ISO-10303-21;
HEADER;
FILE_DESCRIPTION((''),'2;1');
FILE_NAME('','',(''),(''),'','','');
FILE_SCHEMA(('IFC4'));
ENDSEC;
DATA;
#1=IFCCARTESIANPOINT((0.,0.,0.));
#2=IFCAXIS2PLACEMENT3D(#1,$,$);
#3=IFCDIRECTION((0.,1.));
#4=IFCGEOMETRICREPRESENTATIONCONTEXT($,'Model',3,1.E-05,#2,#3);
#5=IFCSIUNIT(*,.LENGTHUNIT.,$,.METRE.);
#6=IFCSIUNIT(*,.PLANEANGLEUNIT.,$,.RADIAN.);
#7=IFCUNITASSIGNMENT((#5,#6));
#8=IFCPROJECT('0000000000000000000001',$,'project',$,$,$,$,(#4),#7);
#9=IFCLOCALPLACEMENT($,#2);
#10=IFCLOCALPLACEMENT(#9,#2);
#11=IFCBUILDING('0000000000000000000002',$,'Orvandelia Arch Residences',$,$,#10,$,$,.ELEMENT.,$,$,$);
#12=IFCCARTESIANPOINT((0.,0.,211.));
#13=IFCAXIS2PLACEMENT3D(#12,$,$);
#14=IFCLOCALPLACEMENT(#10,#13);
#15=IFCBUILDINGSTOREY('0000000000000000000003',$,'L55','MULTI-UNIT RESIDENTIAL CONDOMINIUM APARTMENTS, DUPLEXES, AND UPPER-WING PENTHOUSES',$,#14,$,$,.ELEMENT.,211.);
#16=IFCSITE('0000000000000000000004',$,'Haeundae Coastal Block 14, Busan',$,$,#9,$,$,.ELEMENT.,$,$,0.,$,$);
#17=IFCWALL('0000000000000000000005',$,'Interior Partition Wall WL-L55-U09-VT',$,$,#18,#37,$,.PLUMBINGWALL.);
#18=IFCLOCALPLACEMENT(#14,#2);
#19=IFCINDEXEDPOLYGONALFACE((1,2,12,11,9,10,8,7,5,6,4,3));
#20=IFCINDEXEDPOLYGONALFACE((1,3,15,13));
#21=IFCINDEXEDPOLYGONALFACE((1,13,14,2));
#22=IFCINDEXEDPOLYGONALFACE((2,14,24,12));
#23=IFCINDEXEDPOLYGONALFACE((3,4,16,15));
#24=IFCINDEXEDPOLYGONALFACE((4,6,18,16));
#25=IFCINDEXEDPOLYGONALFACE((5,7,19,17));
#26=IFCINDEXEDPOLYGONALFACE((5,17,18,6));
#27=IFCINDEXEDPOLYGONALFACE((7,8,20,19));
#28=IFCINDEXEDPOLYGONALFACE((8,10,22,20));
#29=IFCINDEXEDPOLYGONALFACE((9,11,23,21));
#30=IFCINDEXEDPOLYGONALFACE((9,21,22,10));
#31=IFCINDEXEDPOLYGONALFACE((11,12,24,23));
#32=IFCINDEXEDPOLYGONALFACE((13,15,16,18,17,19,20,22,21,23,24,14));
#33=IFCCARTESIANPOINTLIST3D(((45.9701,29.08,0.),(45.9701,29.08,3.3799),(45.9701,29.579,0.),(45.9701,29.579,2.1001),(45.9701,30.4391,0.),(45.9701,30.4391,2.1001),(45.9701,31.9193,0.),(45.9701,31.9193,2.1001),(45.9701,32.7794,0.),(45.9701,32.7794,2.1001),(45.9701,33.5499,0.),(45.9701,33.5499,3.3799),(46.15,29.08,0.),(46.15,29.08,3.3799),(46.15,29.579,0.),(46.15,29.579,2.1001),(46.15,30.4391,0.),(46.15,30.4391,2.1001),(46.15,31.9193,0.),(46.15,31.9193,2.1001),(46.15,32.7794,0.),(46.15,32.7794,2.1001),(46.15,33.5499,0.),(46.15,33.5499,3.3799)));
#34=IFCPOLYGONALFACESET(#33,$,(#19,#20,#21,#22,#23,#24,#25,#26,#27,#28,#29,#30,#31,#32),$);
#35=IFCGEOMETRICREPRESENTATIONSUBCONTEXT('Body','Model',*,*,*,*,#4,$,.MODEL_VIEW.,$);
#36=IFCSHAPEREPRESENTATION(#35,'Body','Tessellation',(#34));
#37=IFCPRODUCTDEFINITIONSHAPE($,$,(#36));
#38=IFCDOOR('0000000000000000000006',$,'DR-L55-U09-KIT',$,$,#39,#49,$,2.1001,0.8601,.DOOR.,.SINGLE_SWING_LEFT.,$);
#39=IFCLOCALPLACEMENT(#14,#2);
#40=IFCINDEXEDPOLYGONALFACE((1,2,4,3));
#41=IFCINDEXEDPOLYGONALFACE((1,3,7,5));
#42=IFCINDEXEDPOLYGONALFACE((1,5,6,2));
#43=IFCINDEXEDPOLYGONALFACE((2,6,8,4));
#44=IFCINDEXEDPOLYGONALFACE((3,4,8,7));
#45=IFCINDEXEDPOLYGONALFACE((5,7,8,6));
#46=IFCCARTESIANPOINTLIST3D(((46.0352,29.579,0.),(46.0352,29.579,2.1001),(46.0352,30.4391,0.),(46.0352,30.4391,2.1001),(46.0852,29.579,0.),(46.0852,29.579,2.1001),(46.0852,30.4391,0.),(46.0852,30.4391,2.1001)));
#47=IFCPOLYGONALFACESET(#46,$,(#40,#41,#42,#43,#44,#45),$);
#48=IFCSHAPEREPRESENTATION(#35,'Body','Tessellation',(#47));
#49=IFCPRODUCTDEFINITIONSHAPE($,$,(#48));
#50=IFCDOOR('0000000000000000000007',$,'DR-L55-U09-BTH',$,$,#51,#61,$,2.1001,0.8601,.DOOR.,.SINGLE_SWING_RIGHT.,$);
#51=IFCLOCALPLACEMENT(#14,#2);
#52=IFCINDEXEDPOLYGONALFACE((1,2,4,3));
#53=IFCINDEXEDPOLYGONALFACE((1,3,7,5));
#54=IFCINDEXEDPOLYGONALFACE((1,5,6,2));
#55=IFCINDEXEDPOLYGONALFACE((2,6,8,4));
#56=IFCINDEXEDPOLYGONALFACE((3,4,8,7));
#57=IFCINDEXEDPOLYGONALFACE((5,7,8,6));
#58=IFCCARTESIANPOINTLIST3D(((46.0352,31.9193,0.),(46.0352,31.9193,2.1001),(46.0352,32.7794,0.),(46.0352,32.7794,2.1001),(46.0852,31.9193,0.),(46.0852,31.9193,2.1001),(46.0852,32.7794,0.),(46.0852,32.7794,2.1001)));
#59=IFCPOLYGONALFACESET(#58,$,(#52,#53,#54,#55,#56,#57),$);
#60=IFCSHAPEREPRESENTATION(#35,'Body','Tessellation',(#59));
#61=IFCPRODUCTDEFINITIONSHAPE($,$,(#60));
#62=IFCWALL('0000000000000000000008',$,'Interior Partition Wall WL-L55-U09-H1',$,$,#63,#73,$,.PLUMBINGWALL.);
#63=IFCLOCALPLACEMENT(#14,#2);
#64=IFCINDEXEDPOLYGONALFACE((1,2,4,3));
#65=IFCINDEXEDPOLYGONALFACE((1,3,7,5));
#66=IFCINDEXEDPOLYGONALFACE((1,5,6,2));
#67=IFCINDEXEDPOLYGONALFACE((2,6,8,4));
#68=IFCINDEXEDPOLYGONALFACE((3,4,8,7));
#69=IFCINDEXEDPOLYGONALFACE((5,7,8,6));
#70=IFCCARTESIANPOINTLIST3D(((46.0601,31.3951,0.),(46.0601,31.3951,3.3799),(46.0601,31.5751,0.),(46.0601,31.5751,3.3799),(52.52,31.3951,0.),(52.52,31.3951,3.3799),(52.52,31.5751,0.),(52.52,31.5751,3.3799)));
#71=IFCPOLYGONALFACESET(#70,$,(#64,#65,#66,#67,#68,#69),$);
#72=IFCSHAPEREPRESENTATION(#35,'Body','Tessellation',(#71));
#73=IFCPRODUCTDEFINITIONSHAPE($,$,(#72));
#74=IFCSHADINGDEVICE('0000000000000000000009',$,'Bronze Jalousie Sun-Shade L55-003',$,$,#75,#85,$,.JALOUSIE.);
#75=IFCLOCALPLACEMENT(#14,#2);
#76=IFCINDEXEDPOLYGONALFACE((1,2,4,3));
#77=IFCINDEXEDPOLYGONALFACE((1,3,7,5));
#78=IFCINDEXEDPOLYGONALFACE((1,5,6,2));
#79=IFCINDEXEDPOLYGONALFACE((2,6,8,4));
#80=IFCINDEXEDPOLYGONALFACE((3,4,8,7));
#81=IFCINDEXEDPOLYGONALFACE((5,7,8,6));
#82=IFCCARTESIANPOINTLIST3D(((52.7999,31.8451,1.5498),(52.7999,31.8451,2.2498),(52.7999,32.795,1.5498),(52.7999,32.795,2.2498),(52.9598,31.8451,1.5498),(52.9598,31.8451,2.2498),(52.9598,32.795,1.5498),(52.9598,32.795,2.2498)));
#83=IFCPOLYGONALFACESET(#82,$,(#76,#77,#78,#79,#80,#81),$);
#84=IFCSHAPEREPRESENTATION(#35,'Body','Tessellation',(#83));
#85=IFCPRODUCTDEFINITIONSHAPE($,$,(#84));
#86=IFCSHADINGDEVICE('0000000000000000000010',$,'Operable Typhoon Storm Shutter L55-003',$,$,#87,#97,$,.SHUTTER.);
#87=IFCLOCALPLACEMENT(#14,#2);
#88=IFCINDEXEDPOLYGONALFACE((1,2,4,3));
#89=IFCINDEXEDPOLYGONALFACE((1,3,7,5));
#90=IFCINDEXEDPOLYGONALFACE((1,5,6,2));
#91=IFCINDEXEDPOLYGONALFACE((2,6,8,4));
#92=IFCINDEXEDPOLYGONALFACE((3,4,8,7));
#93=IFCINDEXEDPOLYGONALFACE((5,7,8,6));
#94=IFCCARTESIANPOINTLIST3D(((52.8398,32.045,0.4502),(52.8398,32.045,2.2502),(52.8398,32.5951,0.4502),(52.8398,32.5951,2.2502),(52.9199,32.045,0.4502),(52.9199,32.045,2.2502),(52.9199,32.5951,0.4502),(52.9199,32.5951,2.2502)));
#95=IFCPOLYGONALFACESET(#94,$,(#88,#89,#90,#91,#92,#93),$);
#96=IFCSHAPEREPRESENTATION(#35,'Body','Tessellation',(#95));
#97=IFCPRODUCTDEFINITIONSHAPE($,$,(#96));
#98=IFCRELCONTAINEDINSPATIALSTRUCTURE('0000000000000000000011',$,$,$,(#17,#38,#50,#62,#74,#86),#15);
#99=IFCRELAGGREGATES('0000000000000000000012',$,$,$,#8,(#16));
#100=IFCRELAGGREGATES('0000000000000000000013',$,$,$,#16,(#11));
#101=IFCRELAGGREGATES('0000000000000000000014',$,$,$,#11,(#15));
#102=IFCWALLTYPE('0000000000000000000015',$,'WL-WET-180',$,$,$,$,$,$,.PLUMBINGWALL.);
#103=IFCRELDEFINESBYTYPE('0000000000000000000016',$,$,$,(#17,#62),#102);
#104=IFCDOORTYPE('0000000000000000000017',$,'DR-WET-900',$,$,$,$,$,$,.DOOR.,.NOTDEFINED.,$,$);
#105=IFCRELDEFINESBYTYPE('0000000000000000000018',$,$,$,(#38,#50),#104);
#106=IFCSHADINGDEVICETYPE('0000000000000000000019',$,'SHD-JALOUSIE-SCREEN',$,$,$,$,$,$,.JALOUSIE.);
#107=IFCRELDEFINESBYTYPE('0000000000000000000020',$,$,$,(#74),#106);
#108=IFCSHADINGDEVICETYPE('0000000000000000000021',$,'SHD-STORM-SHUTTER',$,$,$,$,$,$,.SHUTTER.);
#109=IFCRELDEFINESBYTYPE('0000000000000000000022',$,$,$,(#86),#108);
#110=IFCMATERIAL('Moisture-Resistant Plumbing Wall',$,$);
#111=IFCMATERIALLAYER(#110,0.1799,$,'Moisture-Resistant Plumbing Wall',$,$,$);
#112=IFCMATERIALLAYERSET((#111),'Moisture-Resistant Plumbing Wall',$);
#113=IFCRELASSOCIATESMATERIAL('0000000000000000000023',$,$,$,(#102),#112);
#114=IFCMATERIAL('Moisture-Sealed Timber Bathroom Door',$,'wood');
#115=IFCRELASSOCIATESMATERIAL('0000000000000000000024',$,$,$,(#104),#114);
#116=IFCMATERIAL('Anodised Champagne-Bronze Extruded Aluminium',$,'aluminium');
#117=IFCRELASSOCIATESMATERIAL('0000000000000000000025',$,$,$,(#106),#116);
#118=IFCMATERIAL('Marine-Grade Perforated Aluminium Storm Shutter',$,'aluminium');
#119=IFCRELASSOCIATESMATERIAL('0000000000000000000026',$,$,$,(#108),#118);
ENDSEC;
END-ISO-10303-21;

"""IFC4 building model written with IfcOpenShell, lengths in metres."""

from ifc_helpers import new_model, si_unit, direction, frame, frame_2d, origin, origin_2d, place, context, subcontext, project, spatial, rectangle, extrude, material, layer, layer_set, type_object, element, fill, save


model = new_model("IFC4")

# Units and contexts
model_context = context("Model", 3, precision=1e-05, world=origin(), true_north=direction((0.0, 1.0)))
body_context = subcontext(model_context, "Body", "Model", "MODEL_VIEW")
ifc_project = project(units=[si_unit("LENGTHUNIT", "METRE"), si_unit("PLANEANGLEUNIT", "RADIAN")], contexts=[model_context])

# Site, building, storey
site_placement = place(None, origin())
site = spatial("IfcSite", under=ifc_project, at=site_placement, Name="Haeundae Coastal Block 14, Busan", CompositionType="ELEMENT", RefElevation=0.0)
building_placement = place(site_placement, origin())
building = spatial("IfcBuilding", under=site, at=building_placement, Name="Orvandelia Arch Residences", CompositionType="ELEMENT")
storey_placement = place(building_placement, frame((0.0, 0.0, 211.0)))
storey = spatial("IfcBuildingStorey", under=building, at=storey_placement, Name="L55", Description="MULTI-UNIT RESIDENTIAL CONDOMINIUM APARTMENTS, DUPLEXES, AND UPPER-WING PENTHOUSES", CompositionType="ELEMENT", Elevation=211.0)

# Wall, openings, doors
ifc_material_1 = material(Name="Moisture-Resistant Plumbing Wall")
ifc_layer_1 = layer(ifc_material_1, 0.1799, Name="Moisture-Resistant Plumbing Wall")
ifc_layer_set_1 = layer_set([ifc_layer_1], Name="Moisture-Resistant Plumbing Wall")
wall_type_1 = type_object("IfcWallType", Name="WL-WET-180", PredefinedType="PLUMBINGWALL", material=ifc_layer_set_1)
wall_1_placement = place(storey_placement, frame((46.0601, 29.0801, 0.0), z_axis=(0.0, 0.0, 1.0), x_axis=(0.0, 1.0, 0.0)))
wall_1 = element("IfcWall", 1, at=wall_1_placement, inside=storey, type_object=wall_type_1, Name="Interior Partition Wall WL-L55-U09-VT", PredefinedType="PLUMBINGWALL", context=body_context, shape_type="SweptSolid", body=[
    extrude(rectangle(XDim=4.47, YDim=0.1799, at=frame_2d((2.2349, 0.0))), origin(), (0.0, 0.0, 1.0), 3.3799),
])
opening_1_placement = place(wall_1_placement, frame((0.4988, 0.0, 0.0)))
opening_1 = element("IfcOpeningElement", 2, at=opening_1_placement, cuts=wall_1, PredefinedType="OPENING", context=body_context, shape_type="SweptSolid", body=[
    extrude(rectangle(XDim=0.8601, YDim=2.1001, at=frame_2d((0.4302, 1.05))), frame((0.0, 0.1001, 0.0), z_axis=(0.0, -1.0, 0.0), x_axis=(1.0, 0.0, 0.0)), (0.0, 0.0, 1.0), 0.2),
])
opening_2_placement = place(wall_1_placement, frame((2.8391, 0.0, 0.0)))
opening_2 = element("IfcOpeningElement", 3, at=opening_2_placement, cuts=wall_1, PredefinedType="OPENING", context=body_context, shape_type="SweptSolid", body=[
    extrude(rectangle(XDim=0.8601, YDim=2.1001, at=frame_2d((0.4302, 1.05))), frame((0.0, 0.1001, 0.0), z_axis=(0.0, -1.0, 0.0), x_axis=(1.0, 0.0, 0.0)), (0.0, 0.0, 1.0), 0.2),
])
ifc_material_2 = material(Name="Moisture-Sealed Timber Bathroom Door", Category="wood")
door_type = type_object("IfcDoorType", Name="DR-WET-900", OperationType="NOTDEFINED", PredefinedType="DOOR", material=ifc_material_2)
door_1_placement = place(opening_1_placement, origin())
door_1 = element("IfcDoor", 4, at=door_1_placement, inside=storey, type_object=door_type, Name="DR-L55-U09-KIT", OperationType="SINGLE_SWING_LEFT", OverallHeight=2.1001, OverallWidth=0.8601, PredefinedType="DOOR", context=body_context, shape_type="SweptSolid", body=[
    extrude(rectangle(XDim=0.8601, YDim=2.1001, at=frame_2d((0.4302, 1.05))), frame((0.0, 0.0249, 0.0), z_axis=(0.0, -1.0, 0.0), x_axis=(1.0, 0.0, 0.0)), (0.0, 0.0, 1.0), 0.05),
])
fill(opening_1, door_1)
door_2_placement = place(opening_2_placement, origin())
door_2 = element("IfcDoor", 5, at=door_2_placement, inside=storey, type_object=door_type, Name="DR-L55-U09-BTH", OperationType="SINGLE_SWING_RIGHT", OverallHeight=2.1001, OverallWidth=0.8601, PredefinedType="DOOR", context=body_context, shape_type="SweptSolid", body=[
    extrude(rectangle(XDim=0.8601, YDim=2.1001, at=frame_2d((0.4302, 1.05))), frame((0.0, 0.0249, 0.0), z_axis=(0.0, -1.0, 0.0), x_axis=(1.0, 0.0, 0.0)), (0.0, 0.0, 1.0), 0.05),
])
fill(opening_2, door_2)

# Wall
wall_2_placement = place(storey_placement, frame((46.0601, 31.4851, 0.0), z_axis=(0.0, 0.0, 1.0), x_axis=(1.0, 0.0, 0.0)))
element("IfcWall", 6, at=wall_2_placement, inside=storey, type_object=wall_type_1, Name="Interior Partition Wall WL-L55-U09-H1", PredefinedType="PLUMBINGWALL", context=body_context, shape_type="SweptSolid", body=[
    extrude(rectangle(XDim=6.46, YDim=0.1799, at=frame_2d((3.23, 0.0))), origin(), (0.0, 0.0, 1.0), 3.3799),
])

# Shading devices
ifc_material_3 = material(Name="Anodised Champagne-Bronze Extruded Aluminium", Category="aluminium")
shading_device_type_1 = type_object("IfcShadingDeviceType", Name="SHD-JALOUSIE-SCREEN", PredefinedType="JALOUSIE", material=ifc_material_3)
shading_device_1_placement = place(storey_placement, frame((52.8799, 32.3201, 1.5498), z_axis=(0.0, 0.0, 1.0), x_axis=(0.0, -1.0, 0.0)))
element("IfcShadingDevice", 7, at=shading_device_1_placement, inside=storey, type_object=shading_device_type_1, Name="Bronze Jalousie Sun-Shade L55-003", PredefinedType="JALOUSIE", context=body_context, shape_type="SweptSolid", body=[
    extrude(rectangle(XDim=0.95, YDim=0.1599, at=origin_2d()), origin(), (0.0, 0.0, 1.0), 0.7),
])
ifc_material_4 = material(Name="Marine-Grade Perforated Aluminium Storm Shutter", Category="aluminium")
shading_device_type_2 = type_object("IfcShadingDeviceType", Name="SHD-STORM-SHUTTER", PredefinedType="SHUTTER", material=ifc_material_4)
shading_device_2_placement = place(storey_placement, frame((52.8799, 32.3201, 0.4502), z_axis=(0.0, 0.0, 1.0), x_axis=(0.0, -1.0, 0.0)))
element("IfcShadingDevice", 8, at=shading_device_2_placement, inside=storey, type_object=shading_device_type_2, Name="Operable Typhoon Storm Shutter L55-003", PredefinedType="SHUTTER", context=body_context, shape_type="SweptSolid", body=[
    extrude(rectangle(XDim=0.55, YDim=0.0801, at=origin_2d()), origin(), (0.0, 0.0, 1.0), 1.8),
])

save(model, "model.ifc")
